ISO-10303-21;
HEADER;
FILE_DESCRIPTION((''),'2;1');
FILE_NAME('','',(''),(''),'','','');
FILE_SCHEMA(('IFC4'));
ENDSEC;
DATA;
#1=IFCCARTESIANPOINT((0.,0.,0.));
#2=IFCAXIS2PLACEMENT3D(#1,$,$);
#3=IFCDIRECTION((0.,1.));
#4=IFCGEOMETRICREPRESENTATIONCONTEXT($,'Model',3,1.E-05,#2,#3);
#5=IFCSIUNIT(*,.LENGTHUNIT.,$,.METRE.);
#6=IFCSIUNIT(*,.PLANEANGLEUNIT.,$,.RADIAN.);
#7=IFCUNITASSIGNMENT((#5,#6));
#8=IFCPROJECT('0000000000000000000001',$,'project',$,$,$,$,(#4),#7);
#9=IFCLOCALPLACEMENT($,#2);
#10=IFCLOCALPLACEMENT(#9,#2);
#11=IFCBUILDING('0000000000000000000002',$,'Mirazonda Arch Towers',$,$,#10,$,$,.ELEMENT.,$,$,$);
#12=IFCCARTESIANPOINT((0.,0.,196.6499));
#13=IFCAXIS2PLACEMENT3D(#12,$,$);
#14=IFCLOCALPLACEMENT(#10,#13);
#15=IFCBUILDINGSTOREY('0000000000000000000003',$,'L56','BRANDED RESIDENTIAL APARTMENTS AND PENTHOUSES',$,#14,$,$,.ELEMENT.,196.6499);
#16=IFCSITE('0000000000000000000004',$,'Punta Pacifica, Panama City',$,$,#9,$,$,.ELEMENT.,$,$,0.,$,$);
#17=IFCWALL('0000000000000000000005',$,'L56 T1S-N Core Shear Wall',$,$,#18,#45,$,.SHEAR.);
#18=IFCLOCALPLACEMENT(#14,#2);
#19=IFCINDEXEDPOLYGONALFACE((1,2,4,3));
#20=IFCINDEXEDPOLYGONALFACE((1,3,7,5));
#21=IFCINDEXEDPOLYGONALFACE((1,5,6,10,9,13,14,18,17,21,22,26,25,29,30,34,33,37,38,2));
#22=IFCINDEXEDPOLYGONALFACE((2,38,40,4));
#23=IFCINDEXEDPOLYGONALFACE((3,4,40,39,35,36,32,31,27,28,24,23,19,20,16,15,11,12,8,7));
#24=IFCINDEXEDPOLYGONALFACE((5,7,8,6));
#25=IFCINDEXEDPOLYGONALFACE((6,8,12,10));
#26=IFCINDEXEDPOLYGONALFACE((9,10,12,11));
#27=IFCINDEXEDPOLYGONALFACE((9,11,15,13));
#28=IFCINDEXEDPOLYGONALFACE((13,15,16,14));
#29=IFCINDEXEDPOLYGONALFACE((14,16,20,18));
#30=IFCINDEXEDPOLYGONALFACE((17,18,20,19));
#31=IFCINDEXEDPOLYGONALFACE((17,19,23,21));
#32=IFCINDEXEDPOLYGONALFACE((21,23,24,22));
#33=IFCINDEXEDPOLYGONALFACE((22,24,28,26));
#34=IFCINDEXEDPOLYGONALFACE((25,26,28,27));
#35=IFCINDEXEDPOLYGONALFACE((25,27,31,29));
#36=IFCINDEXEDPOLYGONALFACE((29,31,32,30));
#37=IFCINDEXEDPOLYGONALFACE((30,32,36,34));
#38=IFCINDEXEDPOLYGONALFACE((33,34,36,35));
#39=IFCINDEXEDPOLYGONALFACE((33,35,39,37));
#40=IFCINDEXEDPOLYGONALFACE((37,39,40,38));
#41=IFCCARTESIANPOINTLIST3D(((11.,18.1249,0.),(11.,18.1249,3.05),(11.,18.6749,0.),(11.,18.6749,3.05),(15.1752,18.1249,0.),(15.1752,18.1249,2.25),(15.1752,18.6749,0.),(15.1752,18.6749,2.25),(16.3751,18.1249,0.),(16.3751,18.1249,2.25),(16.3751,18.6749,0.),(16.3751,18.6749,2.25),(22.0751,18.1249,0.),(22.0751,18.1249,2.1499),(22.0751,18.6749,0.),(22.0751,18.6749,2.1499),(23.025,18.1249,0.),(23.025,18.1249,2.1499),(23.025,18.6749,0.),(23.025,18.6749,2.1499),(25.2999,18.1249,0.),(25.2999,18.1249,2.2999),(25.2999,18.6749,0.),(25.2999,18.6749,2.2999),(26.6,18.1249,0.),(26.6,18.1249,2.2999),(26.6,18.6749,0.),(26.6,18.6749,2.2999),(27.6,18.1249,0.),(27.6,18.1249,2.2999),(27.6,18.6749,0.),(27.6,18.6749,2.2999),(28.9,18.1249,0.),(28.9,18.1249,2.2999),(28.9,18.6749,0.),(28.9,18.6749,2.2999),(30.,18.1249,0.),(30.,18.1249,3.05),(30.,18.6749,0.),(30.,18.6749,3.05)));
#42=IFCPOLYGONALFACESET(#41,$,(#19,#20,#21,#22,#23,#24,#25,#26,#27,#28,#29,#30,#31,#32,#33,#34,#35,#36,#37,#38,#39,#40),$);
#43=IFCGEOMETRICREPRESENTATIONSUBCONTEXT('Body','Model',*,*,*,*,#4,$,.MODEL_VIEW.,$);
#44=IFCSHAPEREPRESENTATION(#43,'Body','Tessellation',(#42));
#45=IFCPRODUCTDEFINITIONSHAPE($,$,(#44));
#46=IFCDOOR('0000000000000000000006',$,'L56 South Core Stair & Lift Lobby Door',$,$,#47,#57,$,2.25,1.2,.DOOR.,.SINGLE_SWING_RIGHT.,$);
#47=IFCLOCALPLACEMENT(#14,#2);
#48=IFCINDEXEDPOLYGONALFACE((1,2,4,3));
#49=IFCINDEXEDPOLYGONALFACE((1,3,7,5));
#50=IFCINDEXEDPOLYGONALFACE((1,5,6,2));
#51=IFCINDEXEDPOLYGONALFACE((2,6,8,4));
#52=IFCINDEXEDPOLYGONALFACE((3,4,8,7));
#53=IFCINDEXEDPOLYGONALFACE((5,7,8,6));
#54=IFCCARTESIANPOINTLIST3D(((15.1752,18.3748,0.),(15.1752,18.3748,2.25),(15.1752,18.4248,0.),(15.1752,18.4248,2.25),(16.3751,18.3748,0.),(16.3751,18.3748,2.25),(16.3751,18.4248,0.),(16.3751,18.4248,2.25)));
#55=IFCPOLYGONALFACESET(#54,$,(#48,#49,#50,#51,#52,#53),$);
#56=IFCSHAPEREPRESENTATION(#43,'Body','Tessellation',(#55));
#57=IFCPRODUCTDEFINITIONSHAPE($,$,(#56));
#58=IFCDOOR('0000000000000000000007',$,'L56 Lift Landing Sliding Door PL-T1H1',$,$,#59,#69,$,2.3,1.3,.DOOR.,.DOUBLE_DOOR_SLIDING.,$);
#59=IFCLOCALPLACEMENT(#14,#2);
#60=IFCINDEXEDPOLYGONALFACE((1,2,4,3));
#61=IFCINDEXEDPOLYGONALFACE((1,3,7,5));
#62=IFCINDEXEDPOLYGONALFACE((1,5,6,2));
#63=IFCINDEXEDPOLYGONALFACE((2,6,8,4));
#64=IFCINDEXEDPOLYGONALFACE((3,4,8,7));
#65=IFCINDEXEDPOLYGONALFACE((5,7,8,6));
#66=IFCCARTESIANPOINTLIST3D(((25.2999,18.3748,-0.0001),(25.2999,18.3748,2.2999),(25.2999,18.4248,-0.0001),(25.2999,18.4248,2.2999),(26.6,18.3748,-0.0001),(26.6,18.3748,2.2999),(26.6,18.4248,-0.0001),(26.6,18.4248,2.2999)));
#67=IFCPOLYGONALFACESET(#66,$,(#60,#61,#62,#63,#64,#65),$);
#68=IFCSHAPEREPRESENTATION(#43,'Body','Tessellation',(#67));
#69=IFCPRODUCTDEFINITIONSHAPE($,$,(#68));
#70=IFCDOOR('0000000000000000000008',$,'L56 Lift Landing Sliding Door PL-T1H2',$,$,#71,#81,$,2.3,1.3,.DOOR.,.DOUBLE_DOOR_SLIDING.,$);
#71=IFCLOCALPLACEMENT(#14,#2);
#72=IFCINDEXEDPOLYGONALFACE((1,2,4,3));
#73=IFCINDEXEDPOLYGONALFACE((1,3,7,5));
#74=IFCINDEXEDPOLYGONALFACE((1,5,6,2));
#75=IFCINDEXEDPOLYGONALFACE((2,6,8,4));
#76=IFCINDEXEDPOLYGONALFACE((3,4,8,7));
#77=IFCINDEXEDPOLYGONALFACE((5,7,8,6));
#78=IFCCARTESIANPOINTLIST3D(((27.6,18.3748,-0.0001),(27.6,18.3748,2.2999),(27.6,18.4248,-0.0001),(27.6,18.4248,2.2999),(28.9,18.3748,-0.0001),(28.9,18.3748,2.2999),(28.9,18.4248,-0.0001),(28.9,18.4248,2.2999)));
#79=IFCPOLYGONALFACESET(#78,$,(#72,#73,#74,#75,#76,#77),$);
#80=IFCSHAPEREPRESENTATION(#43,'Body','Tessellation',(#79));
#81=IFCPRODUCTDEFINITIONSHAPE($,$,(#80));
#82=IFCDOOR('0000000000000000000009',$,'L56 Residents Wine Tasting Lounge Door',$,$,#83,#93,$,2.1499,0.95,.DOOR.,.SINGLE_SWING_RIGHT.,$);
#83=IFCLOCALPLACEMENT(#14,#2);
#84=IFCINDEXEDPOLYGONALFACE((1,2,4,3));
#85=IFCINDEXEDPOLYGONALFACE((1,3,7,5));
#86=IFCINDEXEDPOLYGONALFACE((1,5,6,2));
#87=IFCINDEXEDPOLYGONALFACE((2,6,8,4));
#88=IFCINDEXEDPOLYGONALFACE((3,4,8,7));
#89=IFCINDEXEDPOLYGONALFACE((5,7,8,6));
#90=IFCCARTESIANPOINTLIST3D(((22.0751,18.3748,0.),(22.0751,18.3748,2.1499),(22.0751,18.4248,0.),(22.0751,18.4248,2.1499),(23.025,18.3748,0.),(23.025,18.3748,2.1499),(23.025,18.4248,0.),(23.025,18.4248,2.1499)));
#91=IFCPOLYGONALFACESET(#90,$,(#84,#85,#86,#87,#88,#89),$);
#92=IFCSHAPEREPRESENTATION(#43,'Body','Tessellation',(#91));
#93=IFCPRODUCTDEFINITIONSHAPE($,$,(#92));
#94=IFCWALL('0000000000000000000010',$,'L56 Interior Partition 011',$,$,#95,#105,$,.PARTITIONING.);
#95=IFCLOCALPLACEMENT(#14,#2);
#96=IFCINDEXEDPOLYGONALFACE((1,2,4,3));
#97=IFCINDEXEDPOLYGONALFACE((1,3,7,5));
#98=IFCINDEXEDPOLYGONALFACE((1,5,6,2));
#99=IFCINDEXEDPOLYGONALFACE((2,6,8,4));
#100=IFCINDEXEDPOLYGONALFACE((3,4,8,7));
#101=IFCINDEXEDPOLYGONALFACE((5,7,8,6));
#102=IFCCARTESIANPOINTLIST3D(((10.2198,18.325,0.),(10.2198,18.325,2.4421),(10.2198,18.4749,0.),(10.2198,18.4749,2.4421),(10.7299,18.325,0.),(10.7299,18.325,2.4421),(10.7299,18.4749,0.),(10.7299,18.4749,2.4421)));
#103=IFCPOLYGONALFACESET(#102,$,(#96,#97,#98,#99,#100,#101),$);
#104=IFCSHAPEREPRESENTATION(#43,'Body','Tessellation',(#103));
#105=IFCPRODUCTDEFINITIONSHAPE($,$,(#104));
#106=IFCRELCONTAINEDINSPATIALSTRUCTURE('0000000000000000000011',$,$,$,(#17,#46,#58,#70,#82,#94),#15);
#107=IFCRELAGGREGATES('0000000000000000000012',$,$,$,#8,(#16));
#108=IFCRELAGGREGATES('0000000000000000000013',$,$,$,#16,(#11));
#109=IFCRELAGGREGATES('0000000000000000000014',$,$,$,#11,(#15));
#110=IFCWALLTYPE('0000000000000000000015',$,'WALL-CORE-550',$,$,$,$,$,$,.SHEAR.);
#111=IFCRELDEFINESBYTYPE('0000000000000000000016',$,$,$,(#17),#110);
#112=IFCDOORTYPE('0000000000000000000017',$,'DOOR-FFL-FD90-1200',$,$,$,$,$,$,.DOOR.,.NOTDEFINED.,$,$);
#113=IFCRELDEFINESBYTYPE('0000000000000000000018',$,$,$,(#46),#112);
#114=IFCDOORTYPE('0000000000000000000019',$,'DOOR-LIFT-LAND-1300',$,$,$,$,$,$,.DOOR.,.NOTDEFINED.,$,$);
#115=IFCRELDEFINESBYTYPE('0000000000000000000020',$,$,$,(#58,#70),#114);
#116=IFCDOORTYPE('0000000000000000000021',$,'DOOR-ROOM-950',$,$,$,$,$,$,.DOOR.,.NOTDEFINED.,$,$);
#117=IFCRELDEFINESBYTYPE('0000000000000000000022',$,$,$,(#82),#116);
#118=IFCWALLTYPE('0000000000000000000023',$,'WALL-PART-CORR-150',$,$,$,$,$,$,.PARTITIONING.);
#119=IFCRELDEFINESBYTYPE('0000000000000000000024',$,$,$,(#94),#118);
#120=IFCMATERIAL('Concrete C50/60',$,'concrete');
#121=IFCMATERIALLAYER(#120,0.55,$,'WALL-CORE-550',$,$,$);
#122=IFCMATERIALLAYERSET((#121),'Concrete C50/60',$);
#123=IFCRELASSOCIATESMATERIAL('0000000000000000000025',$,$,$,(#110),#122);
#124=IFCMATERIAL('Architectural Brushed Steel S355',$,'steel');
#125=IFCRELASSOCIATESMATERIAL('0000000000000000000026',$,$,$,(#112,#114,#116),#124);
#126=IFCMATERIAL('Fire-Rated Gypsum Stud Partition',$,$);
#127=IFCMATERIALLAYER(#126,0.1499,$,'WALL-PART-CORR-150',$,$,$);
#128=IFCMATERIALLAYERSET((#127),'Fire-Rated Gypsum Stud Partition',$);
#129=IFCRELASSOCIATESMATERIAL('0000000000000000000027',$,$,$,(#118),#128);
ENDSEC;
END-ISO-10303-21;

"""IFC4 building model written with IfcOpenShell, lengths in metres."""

from ifc_helpers import new_model, si_unit, direction, frame, frame_2d, origin, place, context, subcontext, project, spatial, rectangle, extrude, material, layer, layer_set, type_object, element, fill, save


model = new_model("IFC4")

# Units and contexts
model_context = context("Model", 3, precision=1e-05, world=origin(), true_north=direction((0.0, 1.0)))
body_context = subcontext(model_context, "Body", "Model", "MODEL_VIEW")
ifc_project = project(units=[si_unit("LENGTHUNIT", "METRE"), si_unit("PLANEANGLEUNIT", "RADIAN")], contexts=[model_context])

# Site, building, storey
site_placement = place(None, origin())
site = spatial("IfcSite", under=ifc_project, at=site_placement, Name="Punta Pacifica, Panama City", CompositionType="ELEMENT", RefElevation=0.0)
building_placement = place(site_placement, origin())
building = spatial("IfcBuilding", under=site, at=building_placement, Name="Mirazonda Arch Towers", CompositionType="ELEMENT")
storey_placement = place(building_placement, frame((0.0, 0.0, 196.6499)))
storey = spatial("IfcBuildingStorey", under=building, at=storey_placement, Name="L56", Description="BRANDED RESIDENTIAL APARTMENTS AND PENTHOUSES", CompositionType="ELEMENT", Elevation=196.6499)

# Shared definitions
ifc_material_1 = material(Name="Concrete C50/60", Category="concrete")

# Shared definitions
ifc_material_2 = material(Name="Architectural Brushed Steel S355", Category="steel")

# Wall, openings, doors
ifc_layer_1 = layer(ifc_material_1, 0.55, Name="WALL-CORE-550")
ifc_layer_set_1 = layer_set([ifc_layer_1], Name="Concrete C50/60")
wall_type_1 = type_object("IfcWallType", Name="WALL-CORE-550", PredefinedType="SHEAR", material=ifc_layer_set_1)
wall_1_placement = place(storey_placement, frame((11.0, 18.3999, 0.0), z_axis=(0.0, 0.0, 1.0), x_axis=(1.0, 0.0, 0.0)))
wall_1 = element("IfcWall", 1, at=wall_1_placement, inside=storey, type_object=wall_type_1, Name="L56 T1S-N Core Shear Wall", PredefinedType="SHEAR", context=body_context, shape_type="SweptSolid", body=[
    extrude(rectangle(XDim=19.0, YDim=0.55, at=frame_2d((9.5, 0.0))), origin(), (0.0, 0.0, 1.0), 3.05),
])
opening_1_placement = place(wall_1_placement, frame((4.175, 0.0, 0.0)))
opening_1 = element("IfcOpeningElement", 2, at=opening_1_placement, cuts=wall_1, PredefinedType="OPENING", context=body_context, shape_type="SweptSolid", body=[
    extrude(rectangle(XDim=1.2, YDim=2.25, at=frame_2d((0.6001, 1.125))), frame((0.0, 0.2849, 0.0), z_axis=(0.0, -1.0, 0.0), x_axis=(1.0, 0.0, 0.0)), (0.0, 0.0, 1.0), 0.5701),
])
opening_2_placement = place(wall_1_placement, frame((11.075, 0.0, 0.0)))
opening_2 = element("IfcOpeningElement", 3, at=opening_2_placement, cuts=wall_1, PredefinedType="OPENING", context=body_context, shape_type="SweptSolid", body=[
    extrude(rectangle(XDim=0.95, YDim=2.1499, at=frame_2d((0.4751, 1.075))), frame((0.0, 0.2849, 0.0), z_axis=(0.0, -1.0, 0.0), x_axis=(1.0, 0.0, 0.0)), (0.0, 0.0, 1.0), 0.5701),
])
opening_3_placement = place(wall_1_placement, frame((14.3, 0.0, 0.0)))
opening_3 = element("IfcOpeningElement", 4, at=opening_3_placement, cuts=wall_1, PredefinedType="OPENING", context=body_context, shape_type="SweptSolid", body=[
    extrude(rectangle(XDim=1.3, YDim=2.3, at=frame_2d((0.6499, 1.1499))), frame((0.0, 0.2849, 0.0), z_axis=(0.0, -1.0, 0.0), x_axis=(1.0, 0.0, 0.0)), (0.0, 0.0, 1.0), 0.5701),
])
opening_4_placement = place(wall_1_placement, frame((16.6001, 0.0, 0.0)))
opening_4 = element("IfcOpeningElement", 5, at=opening_4_placement, cuts=wall_1, PredefinedType="OPENING", context=body_context, shape_type="SweptSolid", body=[
    extrude(rectangle(XDim=1.3, YDim=2.3, at=frame_2d((0.6499, 1.1499))), frame((0.0, 0.2849, 0.0), z_axis=(0.0, -1.0, 0.0), x_axis=(1.0, 0.0, 0.0)), (0.0, 0.0, 1.0), 0.5701),
])
door_type_1 = type_object("IfcDoorType", Name="DOOR-FFL-FD90-1200", OperationType="NOTDEFINED", PredefinedType="DOOR", material=ifc_material_2)
door_1_placement = place(opening_1_placement, origin())
door_1 = element("IfcDoor", 6, at=door_1_placement, inside=storey, type_object=door_type_1, Name="L56 South Core Stair & Lift Lobby Door", OperationType="SINGLE_SWING_RIGHT", OverallHeight=2.25, OverallWidth=1.2, PredefinedType="DOOR", context=body_context, shape_type="SweptSolid", body=[
    extrude(rectangle(XDim=1.2, YDim=2.25, at=frame_2d((0.6001, 1.125))), frame((0.0, 0.0249, 0.0), z_axis=(0.0, -1.0, 0.0), x_axis=(1.0, 0.0, 0.0)), (0.0, 0.0, 1.0), 0.05),
])
fill(opening_1, door_1)
door_type_2 = type_object("IfcDoorType", Name="DOOR-LIFT-LAND-1300", OperationType="NOTDEFINED", PredefinedType="DOOR", material=ifc_material_2)
door_2_placement = place(opening_3_placement, origin())
door_2 = element("IfcDoor", 7, at=door_2_placement, inside=storey, type_object=door_type_2, Name="L56 Lift Landing Sliding Door PL-T1H1", OperationType="DOUBLE_DOOR_SLIDING", OverallHeight=2.3, OverallWidth=1.3, PredefinedType="DOOR", context=body_context, shape_type="SweptSolid", body=[
    extrude(rectangle(XDim=1.3, YDim=2.3, at=frame_2d((0.6499, 1.1499))), frame((0.0, 0.0249, 0.0), z_axis=(0.0, -1.0, 0.0), x_axis=(1.0, 0.0, 0.0)), (0.0, 0.0, 1.0), 0.05),
])
fill(opening_3, door_2)
door_3_placement = place(opening_4_placement, origin())
door_3 = element("IfcDoor", 8, at=door_3_placement, inside=storey, type_object=door_type_2, Name="L56 Lift Landing Sliding Door PL-T1H2", OperationType="DOUBLE_DOOR_SLIDING", OverallHeight=2.3, OverallWidth=1.3, PredefinedType="DOOR", context=body_context, shape_type="SweptSolid", body=[
    extrude(rectangle(XDim=1.3, YDim=2.3, at=frame_2d((0.6499, 1.1499))), frame((0.0, 0.0249, 0.0), z_axis=(0.0, -1.0, 0.0), x_axis=(1.0, 0.0, 0.0)), (0.0, 0.0, 1.0), 0.05),
])
fill(opening_4, door_3)
door_type_3 = type_object("IfcDoorType", Name="DOOR-ROOM-950", OperationType="NOTDEFINED", PredefinedType="DOOR", material=ifc_material_2)
door_4_placement = place(opening_2_placement, origin())
door_4 = element("IfcDoor", 9, at=door_4_placement, inside=storey, type_object=door_type_3, Name="L56 Residents Wine Tasting Lounge Door", OperationType="SINGLE_SWING_RIGHT", OverallHeight=2.1499, OverallWidth=0.95, PredefinedType="DOOR", context=body_context, shape_type="SweptSolid", body=[
    extrude(rectangle(XDim=0.95, YDim=2.1499, at=frame_2d((0.4751, 1.075))), frame((0.0, 0.0249, 0.0), z_axis=(0.0, -1.0, 0.0), x_axis=(1.0, 0.0, 0.0)), (0.0, 0.0, 1.0), 0.05),
])
fill(opening_2, door_4)

# Wall
ifc_material_3 = material(Name="Fire-Rated Gypsum Stud Partition")
ifc_layer_2 = layer(ifc_material_3, 0.1499, Name="WALL-PART-CORR-150")
ifc_layer_set_2 = layer_set([ifc_layer_2], Name="Fire-Rated Gypsum Stud Partition")
wall_type_2 = type_object("IfcWallType", Name="WALL-PART-CORR-150", PredefinedType="PARTITIONING", material=ifc_layer_set_2)
wall_2_placement = place(storey_placement, frame((10.22, 18.3999, 0.0), z_axis=(0.0, 0.0, 1.0), x_axis=(1.0, 0.0, 0.0)))
element("IfcWall", 10, at=wall_2_placement, inside=storey, type_object=wall_type_2, Name="L56 Interior Partition 011", PredefinedType="PARTITIONING", context=body_context, shape_type="SweptSolid", body=[
    extrude(rectangle(XDim=0.51, YDim=0.1499, at=frame_2d((0.2549, 0.0))), origin(), (0.0, 0.0, 1.0), 2.4421),
])

save(model, "model.ifc")
